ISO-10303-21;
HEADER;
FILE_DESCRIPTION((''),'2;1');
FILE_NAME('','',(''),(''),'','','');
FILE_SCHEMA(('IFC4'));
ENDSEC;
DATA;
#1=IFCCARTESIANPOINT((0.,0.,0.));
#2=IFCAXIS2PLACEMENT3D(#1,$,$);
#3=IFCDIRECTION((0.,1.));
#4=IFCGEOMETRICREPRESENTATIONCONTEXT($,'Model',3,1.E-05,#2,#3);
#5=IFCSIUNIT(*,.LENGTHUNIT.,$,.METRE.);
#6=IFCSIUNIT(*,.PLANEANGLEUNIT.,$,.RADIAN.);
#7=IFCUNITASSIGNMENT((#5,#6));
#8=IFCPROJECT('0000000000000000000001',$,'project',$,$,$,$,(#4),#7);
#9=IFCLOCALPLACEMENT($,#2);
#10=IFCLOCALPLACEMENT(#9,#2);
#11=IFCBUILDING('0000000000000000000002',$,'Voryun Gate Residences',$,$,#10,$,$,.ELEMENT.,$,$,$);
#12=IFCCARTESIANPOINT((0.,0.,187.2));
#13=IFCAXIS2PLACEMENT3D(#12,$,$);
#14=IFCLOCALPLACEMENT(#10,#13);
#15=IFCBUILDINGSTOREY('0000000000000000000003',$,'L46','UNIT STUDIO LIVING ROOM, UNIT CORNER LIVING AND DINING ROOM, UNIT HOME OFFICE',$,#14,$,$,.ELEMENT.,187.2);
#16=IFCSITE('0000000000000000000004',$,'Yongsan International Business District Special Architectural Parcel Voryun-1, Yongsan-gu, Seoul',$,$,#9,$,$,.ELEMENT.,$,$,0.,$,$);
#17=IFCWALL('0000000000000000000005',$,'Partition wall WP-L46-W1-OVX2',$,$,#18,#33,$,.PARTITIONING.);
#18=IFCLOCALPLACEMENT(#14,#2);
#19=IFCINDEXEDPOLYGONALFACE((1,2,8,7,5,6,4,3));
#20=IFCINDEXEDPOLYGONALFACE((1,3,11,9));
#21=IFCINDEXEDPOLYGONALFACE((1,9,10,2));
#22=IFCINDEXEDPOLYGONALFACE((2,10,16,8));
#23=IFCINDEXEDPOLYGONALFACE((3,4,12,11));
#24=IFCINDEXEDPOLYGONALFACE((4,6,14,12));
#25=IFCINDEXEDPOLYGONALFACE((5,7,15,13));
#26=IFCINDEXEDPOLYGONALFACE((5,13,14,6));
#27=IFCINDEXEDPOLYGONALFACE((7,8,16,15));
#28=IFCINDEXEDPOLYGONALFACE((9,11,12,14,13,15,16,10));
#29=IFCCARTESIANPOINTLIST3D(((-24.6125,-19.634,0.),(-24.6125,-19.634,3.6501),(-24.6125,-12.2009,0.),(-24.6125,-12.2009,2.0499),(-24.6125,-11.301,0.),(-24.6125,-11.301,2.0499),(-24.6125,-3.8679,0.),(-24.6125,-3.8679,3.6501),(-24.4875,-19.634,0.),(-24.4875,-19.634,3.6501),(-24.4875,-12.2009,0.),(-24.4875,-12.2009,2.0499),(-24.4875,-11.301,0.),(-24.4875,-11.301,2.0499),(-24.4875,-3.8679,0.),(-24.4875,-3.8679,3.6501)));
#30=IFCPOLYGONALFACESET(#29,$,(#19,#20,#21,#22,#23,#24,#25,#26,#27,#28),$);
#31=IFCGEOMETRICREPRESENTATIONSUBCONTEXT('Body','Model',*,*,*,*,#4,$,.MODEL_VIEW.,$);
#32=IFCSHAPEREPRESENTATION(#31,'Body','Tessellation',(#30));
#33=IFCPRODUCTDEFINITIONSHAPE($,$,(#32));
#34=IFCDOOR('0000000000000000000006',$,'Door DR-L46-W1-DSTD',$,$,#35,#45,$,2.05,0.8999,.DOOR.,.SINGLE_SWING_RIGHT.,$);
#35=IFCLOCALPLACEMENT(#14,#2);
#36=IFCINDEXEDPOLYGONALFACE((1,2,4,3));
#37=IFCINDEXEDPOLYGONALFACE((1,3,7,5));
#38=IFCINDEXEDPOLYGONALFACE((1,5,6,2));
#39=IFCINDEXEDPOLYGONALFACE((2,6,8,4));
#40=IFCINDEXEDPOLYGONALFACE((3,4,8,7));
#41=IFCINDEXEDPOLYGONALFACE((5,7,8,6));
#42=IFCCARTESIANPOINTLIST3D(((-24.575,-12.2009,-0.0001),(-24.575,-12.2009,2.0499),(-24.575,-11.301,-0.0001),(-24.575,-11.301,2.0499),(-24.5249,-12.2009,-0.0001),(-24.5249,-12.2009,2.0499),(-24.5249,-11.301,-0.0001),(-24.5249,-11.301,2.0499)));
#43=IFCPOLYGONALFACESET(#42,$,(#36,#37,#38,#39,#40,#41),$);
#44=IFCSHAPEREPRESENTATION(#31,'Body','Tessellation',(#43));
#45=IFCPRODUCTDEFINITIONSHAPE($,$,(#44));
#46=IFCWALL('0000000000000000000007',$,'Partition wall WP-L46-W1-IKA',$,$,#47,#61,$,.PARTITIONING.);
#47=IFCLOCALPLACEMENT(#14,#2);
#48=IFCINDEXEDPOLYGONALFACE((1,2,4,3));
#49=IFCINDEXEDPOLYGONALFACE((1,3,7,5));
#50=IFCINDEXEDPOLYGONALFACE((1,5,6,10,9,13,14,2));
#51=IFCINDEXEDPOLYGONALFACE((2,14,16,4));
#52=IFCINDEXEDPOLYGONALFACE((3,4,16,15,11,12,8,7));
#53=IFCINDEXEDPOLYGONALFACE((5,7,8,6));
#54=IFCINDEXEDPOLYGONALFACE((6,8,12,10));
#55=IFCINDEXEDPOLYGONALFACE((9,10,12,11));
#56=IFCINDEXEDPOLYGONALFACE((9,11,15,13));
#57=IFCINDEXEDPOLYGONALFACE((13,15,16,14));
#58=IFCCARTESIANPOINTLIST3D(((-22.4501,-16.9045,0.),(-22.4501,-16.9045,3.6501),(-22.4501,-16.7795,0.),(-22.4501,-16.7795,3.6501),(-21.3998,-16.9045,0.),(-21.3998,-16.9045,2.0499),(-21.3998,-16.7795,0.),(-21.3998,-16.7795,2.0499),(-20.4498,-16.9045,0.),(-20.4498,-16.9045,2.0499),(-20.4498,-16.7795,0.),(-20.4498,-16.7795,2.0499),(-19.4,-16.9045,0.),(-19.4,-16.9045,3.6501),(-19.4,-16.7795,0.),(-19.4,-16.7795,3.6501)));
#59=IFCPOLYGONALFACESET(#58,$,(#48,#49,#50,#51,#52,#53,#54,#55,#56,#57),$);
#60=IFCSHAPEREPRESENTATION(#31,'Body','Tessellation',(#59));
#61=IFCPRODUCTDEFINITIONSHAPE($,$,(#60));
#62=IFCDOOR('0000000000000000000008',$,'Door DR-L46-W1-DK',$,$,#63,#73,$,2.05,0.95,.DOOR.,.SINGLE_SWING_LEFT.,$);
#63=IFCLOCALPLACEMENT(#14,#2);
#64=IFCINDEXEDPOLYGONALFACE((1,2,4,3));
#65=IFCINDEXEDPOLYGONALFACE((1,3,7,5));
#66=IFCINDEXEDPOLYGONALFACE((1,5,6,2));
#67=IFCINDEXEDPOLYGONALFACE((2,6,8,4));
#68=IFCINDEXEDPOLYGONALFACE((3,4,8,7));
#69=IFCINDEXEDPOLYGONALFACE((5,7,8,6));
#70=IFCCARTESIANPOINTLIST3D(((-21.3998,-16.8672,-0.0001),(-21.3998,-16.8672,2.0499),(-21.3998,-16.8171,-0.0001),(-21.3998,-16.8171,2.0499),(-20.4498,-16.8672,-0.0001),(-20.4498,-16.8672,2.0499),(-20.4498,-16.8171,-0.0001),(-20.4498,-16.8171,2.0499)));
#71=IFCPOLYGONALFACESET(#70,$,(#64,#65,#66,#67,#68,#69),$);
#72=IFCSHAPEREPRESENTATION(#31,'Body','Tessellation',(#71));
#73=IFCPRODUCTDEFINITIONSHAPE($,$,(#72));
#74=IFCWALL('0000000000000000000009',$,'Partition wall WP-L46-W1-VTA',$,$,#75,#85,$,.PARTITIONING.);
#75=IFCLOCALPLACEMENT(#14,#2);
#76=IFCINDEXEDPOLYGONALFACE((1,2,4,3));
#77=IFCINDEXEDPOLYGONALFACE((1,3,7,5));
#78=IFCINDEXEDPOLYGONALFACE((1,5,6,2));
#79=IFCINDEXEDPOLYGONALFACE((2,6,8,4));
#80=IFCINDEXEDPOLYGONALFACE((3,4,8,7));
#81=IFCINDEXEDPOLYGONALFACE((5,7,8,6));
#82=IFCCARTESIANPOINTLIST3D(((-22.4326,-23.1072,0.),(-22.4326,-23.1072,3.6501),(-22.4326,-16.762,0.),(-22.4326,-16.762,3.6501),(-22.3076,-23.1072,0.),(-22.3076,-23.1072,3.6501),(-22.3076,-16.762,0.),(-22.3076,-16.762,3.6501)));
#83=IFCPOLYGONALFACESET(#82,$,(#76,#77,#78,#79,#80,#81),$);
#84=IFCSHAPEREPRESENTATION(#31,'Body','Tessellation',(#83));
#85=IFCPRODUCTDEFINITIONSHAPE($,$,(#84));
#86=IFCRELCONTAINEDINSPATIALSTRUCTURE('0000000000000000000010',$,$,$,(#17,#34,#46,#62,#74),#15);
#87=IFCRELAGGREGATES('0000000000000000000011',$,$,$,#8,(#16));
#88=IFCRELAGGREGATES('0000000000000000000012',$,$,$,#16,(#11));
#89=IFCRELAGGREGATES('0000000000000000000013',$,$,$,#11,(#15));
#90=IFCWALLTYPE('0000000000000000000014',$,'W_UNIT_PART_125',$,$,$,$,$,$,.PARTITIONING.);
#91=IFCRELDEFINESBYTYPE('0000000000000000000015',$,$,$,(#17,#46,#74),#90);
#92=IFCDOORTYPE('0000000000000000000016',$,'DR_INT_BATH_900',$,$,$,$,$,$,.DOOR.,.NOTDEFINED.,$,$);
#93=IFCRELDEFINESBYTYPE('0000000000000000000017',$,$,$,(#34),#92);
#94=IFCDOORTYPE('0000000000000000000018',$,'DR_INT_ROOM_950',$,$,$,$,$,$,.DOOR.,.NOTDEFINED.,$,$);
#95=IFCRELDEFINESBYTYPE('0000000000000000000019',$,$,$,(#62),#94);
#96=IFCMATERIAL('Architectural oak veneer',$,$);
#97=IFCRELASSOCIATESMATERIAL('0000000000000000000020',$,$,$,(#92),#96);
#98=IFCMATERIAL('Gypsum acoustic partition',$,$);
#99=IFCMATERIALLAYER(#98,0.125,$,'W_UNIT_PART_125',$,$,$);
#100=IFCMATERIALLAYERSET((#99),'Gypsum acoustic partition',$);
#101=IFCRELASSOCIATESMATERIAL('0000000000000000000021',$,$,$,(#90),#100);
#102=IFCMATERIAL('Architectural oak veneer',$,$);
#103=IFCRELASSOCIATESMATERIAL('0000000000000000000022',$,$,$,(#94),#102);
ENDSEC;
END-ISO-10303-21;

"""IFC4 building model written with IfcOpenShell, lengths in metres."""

from ifc_helpers import new_model, si_unit, direction, frame, frame_2d, origin, place, context, subcontext, project, spatial, rectangle, extrude, material, layer, layer_set, type_object, element, fill, save


model = new_model("IFC4")

# Units and contexts
model_context = context("Model", 3, precision=1e-05, world=origin(), true_north=direction((0.0, 1.0)))
body_context = subcontext(model_context, "Body", "Model", "MODEL_VIEW")
ifc_project = project(units=[si_unit("LENGTHUNIT", "METRE"), si_unit("PLANEANGLEUNIT", "RADIAN")], contexts=[model_context])

# Site, building, storey
site_placement = place(None, origin())
site = spatial("IfcSite", under=ifc_project, at=site_placement, Name="Yongsan International Business District Special Architectural Parcel Voryun-1, Yongsan-gu, Seoul", CompositionType="ELEMENT", RefElevation=0.0)
building_placement = place(site_placement, origin())
building = spatial("IfcBuilding", under=site, at=building_placement, Name="Voryun Gate Residences", CompositionType="ELEMENT")
storey_placement = place(building_placement, frame((0.0, 0.0, 187.2)))
storey = spatial("IfcBuildingStorey", under=building, at=storey_placement, Name="L46", Description="UNIT STUDIO LIVING ROOM, UNIT CORNER LIVING AND DINING ROOM, UNIT HOME OFFICE", CompositionType="ELEMENT", Elevation=187.2)

# Shared definitions
ifc_material_1 = material(Name="Architectural oak veneer")
door_type_1 = type_object("IfcDoorType", Name="DR_INT_BATH_900", OperationType="NOTDEFINED", PredefinedType="DOOR", material=ifc_material_1)

# Shared definitions
ifc_material_2 = material(Name="Gypsum acoustic partition")
ifc_layer_1 = layer(ifc_material_2, 0.125, Name="W_UNIT_PART_125")
ifc_layer_set_1 = layer_set([ifc_layer_1], Name="Gypsum acoustic partition")
wall_type_1 = type_object("IfcWallType", Name="W_UNIT_PART_125", PredefinedType="PARTITIONING", material=ifc_layer_set_1)

# Walls, openings, doors
wall_1_placement = place(storey_placement, frame((-24.55, -19.634, 0.0), z_axis=(0.0, 0.0, 1.0), x_axis=(0.0, 1.0, 0.0)))
wall_1 = element("IfcWall", 1, at=wall_1_placement, inside=storey, type_object=wall_type_1, Name="Partition wall WP-L46-W1-OVX2", PredefinedType="PARTITIONING", context=body_context, shape_type="SweptSolid", body=[
    extrude(rectangle(XDim=15.7661, YDim=0.125, at=frame_2d((7.8831, 0.0))), origin(), (0.0, 0.0, 1.0), 3.6501),
])
opening_1_placement = place(wall_1_placement, frame((7.4331, 0.0, 0.0)))
opening_1 = element("IfcOpeningElement", 2, at=opening_1_placement, cuts=wall_1, PredefinedType="OPENING", context=body_context, shape_type="SweptSolid", body=[
    extrude(rectangle(XDim=0.8999, YDim=2.05, at=frame_2d((0.45, 1.0249))), frame((0.0, 0.0725, 0.0), z_axis=(0.0, -1.0, 0.0), x_axis=(1.0, 0.0, 0.0)), (0.0, 0.0, 1.0), 0.145),
])
door_1_placement = place(opening_1_placement, origin())
door_1 = element("IfcDoor", 3, at=door_1_placement, inside=storey, type_object=door_type_1, Name="Door DR-L46-W1-DSTD", OperationType="SINGLE_SWING_RIGHT", OverallHeight=2.05, OverallWidth=0.8999, PredefinedType="DOOR", context=body_context, shape_type="SweptSolid", body=[
    extrude(rectangle(XDim=0.8999, YDim=2.05, at=frame_2d((0.45, 1.0249))), frame((0.0, 0.0249, 0.0), z_axis=(0.0, -1.0, 0.0), x_axis=(1.0, 0.0, 0.0)), (0.0, 0.0, 1.0), 0.05),
])
fill(opening_1, door_1)
wall_2_placement = place(storey_placement, frame((-22.45, -16.842, 0.0), z_axis=(0.0, 0.0, 1.0), x_axis=(1.0, 0.0, 0.0)))
wall_2 = element("IfcWall", 4, at=wall_2_placement, inside=storey, type_object=wall_type_1, Name="Partition wall WP-L46-W1-IKA", PredefinedType="PARTITIONING", context=body_context, shape_type="SweptSolid", body=[
    extrude(rectangle(XDim=3.05, YDim=0.125, at=frame_2d((1.5249, 0.0))), origin(), (0.0, 0.0, 1.0), 3.6501),
])
opening_2_placement = place(wall_2_placement, frame((1.05, 0.0, 0.0)))
opening_2 = element("IfcOpeningElement", 5, at=opening_2_placement, cuts=wall_2, PredefinedType="OPENING", context=body_context, shape_type="SweptSolid", body=[
    extrude(rectangle(XDim=0.95, YDim=2.05, at=frame_2d((0.4751, 1.0249))), frame((0.0, 0.0725, 0.0), z_axis=(0.0, -1.0, 0.0), x_axis=(1.0, 0.0, 0.0)), (0.0, 0.0, 1.0), 0.145),
])
ifc_material_3 = material(Name="Architectural oak veneer")
door_type_2 = type_object("IfcDoorType", Name="DR_INT_ROOM_950", OperationType="NOTDEFINED", PredefinedType="DOOR", material=ifc_material_3)
door_2_placement = place(opening_2_placement, origin())
door_2 = element("IfcDoor", 6, at=door_2_placement, inside=storey, type_object=door_type_2, Name="Door DR-L46-W1-DK", OperationType="SINGLE_SWING_LEFT", OverallHeight=2.05, OverallWidth=0.95, PredefinedType="DOOR", context=body_context, shape_type="SweptSolid", body=[
    extrude(rectangle(XDim=0.95, YDim=2.05, at=frame_2d((0.4751, 1.0249))), frame((0.0, 0.0249, 0.0), z_axis=(0.0, -1.0, 0.0), x_axis=(1.0, 0.0, 0.0)), (0.0, 0.0, 1.0), 0.05),
])
fill(opening_2, door_2)

# Wall
wall_3_placement = place(storey_placement, frame((-22.3701, -23.1072, 0.0), z_axis=(0.0, 0.0, 1.0), x_axis=(0.0, 1.0, 0.0)))
element("IfcWall", 7, at=wall_3_placement, inside=storey, type_object=wall_type_1, Name="Partition wall WP-L46-W1-VTA", PredefinedType="PARTITIONING", context=body_context, shape_type="SweptSolid", body=[
    extrude(rectangle(XDim=6.3452, YDim=0.125, at=frame_2d((3.1726, 0.0))), origin(), (0.0, 0.0, 1.0), 3.6501),
])

save(model, "model.ifc")
